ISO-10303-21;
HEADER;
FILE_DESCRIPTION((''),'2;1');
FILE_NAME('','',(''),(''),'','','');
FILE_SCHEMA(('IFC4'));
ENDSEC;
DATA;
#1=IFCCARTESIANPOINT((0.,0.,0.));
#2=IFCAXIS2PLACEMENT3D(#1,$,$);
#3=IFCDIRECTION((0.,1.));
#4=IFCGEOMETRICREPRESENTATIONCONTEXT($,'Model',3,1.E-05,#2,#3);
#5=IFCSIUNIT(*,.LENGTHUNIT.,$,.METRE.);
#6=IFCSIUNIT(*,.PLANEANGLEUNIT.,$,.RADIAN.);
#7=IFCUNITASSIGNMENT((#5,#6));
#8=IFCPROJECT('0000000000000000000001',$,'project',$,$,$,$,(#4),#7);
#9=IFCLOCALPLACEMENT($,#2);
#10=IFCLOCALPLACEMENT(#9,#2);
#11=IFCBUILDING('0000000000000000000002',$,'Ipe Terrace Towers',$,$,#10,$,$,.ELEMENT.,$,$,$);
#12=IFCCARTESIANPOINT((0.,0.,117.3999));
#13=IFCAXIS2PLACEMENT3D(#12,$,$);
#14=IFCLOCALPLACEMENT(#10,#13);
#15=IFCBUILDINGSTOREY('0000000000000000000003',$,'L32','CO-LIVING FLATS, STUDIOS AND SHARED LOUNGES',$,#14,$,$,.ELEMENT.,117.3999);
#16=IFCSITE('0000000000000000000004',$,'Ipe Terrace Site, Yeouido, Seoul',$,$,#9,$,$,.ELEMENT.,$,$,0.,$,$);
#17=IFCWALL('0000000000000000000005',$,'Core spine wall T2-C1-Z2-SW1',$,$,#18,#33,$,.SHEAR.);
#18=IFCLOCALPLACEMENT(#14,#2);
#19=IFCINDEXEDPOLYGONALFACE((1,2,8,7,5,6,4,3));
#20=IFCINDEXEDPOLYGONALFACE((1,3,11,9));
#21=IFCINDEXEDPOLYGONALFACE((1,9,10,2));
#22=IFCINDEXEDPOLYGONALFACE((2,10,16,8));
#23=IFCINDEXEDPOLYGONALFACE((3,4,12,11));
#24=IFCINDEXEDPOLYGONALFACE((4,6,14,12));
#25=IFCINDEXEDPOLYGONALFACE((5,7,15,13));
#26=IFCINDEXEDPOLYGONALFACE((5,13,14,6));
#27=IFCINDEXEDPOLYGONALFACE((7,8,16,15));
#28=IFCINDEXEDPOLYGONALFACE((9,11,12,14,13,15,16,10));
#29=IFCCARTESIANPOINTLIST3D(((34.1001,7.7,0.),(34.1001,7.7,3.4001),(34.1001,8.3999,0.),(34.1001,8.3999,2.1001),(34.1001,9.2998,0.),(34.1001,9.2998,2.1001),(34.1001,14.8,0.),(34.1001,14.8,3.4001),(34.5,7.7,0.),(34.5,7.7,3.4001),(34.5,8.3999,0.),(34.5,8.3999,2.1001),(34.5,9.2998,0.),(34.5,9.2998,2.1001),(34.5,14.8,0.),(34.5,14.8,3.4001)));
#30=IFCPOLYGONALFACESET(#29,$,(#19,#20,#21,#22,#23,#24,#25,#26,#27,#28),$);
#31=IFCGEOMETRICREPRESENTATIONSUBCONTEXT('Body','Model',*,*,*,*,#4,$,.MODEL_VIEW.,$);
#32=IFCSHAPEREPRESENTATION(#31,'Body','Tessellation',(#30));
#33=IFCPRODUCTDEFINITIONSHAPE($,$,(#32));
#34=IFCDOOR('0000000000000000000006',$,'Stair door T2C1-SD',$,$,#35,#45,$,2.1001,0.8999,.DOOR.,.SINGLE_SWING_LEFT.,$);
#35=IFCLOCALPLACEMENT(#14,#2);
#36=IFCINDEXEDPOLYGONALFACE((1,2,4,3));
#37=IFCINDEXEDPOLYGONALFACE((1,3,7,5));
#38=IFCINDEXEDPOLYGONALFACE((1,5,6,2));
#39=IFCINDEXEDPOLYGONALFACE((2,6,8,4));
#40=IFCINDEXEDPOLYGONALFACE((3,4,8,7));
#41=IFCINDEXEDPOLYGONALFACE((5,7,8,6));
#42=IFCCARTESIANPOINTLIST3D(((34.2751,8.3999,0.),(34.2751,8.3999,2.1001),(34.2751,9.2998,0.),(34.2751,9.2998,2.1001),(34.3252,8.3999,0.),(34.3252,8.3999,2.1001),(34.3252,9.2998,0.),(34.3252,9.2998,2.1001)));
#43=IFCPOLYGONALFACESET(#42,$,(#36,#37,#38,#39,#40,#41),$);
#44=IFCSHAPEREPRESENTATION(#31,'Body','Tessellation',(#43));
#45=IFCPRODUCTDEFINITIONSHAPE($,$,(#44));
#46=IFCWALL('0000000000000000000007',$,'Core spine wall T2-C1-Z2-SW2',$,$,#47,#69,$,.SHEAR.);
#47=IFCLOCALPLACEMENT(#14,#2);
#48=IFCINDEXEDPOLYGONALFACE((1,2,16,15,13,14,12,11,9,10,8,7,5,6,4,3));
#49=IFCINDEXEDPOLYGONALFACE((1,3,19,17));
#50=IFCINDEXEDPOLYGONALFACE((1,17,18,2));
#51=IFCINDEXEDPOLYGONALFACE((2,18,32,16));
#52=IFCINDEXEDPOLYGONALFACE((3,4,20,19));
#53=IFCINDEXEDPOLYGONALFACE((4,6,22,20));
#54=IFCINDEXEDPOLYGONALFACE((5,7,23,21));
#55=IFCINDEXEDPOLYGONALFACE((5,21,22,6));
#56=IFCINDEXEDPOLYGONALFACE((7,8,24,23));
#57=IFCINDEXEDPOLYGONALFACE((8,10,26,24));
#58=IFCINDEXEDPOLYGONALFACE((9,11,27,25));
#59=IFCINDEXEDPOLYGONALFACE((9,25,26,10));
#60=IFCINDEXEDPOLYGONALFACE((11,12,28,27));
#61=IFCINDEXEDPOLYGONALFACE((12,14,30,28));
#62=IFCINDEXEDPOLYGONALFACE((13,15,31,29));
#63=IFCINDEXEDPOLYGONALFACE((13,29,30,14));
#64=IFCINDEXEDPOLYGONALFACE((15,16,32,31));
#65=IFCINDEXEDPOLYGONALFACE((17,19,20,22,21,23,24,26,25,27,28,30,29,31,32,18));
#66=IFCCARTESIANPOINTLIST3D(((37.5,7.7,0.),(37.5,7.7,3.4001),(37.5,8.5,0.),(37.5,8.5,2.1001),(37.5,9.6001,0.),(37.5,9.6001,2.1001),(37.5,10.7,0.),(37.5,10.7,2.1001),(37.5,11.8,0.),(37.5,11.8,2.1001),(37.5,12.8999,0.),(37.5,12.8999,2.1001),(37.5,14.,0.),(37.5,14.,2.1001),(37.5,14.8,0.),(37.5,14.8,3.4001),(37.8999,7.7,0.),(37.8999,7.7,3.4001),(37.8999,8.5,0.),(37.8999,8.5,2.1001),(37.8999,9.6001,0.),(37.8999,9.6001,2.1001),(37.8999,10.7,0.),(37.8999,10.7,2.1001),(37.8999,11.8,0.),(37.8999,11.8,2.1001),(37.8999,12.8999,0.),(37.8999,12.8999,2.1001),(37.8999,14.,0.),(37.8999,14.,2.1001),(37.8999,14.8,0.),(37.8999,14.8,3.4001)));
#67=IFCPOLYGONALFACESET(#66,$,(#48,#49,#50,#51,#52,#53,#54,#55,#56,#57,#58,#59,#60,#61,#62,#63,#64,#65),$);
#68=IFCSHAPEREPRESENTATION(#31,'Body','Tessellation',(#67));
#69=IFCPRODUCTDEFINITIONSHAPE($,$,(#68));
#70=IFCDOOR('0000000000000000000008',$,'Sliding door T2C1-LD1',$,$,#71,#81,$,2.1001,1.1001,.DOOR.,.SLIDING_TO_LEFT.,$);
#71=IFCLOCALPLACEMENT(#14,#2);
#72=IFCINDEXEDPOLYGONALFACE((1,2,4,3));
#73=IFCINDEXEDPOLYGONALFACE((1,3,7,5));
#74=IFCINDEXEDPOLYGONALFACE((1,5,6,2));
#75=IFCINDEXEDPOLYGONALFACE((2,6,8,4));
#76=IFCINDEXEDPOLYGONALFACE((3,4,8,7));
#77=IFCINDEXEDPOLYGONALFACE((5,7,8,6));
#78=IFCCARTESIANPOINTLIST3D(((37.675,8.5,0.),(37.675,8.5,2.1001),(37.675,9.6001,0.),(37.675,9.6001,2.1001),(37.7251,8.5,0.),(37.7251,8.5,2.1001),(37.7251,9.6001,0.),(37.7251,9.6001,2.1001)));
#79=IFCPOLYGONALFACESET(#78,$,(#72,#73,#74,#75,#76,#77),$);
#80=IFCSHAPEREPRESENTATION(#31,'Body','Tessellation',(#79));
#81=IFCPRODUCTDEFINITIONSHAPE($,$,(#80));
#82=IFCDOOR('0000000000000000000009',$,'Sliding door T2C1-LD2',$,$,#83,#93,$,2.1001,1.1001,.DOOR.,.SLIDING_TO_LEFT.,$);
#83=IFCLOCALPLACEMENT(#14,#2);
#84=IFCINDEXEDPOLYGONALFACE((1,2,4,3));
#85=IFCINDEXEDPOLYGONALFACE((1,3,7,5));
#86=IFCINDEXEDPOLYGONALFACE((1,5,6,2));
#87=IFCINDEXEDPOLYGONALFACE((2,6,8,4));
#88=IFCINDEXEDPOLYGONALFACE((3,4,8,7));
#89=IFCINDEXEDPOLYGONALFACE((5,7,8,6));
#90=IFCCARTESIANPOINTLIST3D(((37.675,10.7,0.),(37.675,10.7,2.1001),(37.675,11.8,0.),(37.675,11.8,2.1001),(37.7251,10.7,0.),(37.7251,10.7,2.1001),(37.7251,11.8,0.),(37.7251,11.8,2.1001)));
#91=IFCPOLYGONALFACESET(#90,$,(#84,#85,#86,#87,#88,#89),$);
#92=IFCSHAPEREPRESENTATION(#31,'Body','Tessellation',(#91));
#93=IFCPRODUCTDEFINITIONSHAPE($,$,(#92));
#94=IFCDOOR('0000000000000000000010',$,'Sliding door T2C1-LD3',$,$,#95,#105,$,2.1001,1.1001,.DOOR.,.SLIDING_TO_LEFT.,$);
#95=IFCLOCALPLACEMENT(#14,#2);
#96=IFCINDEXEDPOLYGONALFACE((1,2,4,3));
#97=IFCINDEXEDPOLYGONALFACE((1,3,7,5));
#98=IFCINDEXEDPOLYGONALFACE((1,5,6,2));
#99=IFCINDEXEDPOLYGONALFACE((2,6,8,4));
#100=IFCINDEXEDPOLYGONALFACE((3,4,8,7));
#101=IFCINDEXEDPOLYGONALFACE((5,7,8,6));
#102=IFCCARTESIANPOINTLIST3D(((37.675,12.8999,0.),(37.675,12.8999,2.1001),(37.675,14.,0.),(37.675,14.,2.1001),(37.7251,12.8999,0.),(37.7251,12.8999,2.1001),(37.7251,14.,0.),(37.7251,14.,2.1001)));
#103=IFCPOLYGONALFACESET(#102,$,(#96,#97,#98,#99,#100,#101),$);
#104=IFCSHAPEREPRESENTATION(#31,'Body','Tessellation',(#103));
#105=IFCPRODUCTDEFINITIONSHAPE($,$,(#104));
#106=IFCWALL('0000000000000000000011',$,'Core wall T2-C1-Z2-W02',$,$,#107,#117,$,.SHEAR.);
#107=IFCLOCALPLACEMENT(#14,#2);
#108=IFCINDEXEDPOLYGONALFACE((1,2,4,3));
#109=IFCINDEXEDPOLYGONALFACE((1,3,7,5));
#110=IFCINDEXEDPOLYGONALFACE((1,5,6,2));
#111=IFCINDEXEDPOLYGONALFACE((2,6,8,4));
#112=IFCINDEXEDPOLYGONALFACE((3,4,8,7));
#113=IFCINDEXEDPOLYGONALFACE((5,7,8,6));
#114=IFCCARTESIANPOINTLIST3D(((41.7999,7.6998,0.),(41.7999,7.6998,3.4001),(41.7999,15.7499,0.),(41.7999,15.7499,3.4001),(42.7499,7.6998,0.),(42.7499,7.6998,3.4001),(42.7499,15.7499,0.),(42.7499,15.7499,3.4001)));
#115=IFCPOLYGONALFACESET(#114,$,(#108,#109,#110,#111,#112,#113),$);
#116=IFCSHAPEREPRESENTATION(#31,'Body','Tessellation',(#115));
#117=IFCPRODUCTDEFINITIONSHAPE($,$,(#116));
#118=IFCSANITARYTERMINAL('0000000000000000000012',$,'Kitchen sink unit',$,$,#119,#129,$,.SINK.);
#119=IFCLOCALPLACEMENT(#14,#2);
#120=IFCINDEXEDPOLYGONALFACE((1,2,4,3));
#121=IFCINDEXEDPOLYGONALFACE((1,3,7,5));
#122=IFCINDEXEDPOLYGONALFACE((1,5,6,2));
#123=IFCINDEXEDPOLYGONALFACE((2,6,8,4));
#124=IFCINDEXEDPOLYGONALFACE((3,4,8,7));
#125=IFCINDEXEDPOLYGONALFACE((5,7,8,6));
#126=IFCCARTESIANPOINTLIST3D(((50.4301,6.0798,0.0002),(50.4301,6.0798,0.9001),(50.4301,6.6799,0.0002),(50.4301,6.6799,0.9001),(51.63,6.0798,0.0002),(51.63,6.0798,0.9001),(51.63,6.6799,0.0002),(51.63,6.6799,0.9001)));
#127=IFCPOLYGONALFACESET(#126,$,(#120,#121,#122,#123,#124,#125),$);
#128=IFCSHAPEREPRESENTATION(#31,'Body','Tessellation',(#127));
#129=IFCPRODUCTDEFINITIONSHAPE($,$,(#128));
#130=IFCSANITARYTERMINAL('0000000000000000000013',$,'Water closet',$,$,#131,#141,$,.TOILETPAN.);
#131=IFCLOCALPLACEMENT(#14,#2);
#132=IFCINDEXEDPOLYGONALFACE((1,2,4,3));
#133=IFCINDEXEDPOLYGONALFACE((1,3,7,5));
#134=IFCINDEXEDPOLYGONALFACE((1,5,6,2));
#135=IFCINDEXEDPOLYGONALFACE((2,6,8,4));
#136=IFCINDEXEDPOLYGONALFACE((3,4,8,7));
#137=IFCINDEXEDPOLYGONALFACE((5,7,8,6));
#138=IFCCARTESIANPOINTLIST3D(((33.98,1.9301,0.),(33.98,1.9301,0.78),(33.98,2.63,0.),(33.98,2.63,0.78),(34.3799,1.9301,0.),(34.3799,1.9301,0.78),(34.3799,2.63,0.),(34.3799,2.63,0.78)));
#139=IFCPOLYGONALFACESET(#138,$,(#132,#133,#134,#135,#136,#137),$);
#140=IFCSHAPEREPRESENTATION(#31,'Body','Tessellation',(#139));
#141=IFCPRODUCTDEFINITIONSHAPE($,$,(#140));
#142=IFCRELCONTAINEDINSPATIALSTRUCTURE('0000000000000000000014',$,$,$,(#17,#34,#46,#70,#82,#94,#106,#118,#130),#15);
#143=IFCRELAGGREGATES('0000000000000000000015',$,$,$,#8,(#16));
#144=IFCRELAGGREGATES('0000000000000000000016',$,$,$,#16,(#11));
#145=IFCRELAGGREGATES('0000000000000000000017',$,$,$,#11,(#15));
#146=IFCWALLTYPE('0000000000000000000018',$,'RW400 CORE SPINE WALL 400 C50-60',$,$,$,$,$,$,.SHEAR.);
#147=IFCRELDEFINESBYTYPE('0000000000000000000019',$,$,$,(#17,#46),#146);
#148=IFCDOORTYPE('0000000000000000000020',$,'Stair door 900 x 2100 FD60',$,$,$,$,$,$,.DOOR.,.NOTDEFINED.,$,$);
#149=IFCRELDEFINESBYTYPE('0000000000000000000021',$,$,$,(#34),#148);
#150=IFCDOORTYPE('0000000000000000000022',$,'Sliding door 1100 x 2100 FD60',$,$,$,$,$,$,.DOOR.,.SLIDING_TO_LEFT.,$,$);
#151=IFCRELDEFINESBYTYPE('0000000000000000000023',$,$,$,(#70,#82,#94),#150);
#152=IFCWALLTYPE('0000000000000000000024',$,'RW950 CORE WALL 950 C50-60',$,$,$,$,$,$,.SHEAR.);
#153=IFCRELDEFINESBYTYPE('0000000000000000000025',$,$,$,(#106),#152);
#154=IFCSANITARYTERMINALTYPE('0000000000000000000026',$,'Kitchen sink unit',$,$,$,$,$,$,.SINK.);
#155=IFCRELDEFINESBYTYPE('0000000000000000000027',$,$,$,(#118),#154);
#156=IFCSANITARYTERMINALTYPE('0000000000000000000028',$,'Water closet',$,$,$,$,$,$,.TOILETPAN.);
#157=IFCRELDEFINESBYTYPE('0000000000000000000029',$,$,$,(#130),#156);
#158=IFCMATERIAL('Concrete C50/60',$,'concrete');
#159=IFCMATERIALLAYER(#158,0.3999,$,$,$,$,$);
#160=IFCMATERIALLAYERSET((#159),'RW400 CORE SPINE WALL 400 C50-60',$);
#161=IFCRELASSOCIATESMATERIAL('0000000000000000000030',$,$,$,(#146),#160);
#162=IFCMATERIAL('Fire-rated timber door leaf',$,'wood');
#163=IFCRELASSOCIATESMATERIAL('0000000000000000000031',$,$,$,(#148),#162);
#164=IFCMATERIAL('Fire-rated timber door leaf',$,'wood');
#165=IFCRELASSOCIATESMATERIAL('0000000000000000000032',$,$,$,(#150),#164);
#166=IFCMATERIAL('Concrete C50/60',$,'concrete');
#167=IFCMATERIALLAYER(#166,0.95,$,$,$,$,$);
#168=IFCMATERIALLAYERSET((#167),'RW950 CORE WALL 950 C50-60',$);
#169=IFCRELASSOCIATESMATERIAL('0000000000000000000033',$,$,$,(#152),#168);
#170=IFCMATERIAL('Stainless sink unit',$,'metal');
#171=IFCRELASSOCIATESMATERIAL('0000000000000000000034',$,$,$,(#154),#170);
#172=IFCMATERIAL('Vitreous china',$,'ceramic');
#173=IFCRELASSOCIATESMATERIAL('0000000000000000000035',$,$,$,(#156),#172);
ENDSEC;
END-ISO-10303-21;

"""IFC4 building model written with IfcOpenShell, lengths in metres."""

from ifc_helpers import new_model, si_unit, direction, frame, frame_2d, origin, origin_2d, place, context, subcontext, project, spatial, rectangle, extrude, material, layer, layer_set, type_object, element, fill, save


model = new_model("IFC4")

# Units and contexts
model_context = context("Model", 3, precision=1e-05, world=origin(), true_north=direction((0.0, 1.0)))
body_context = subcontext(model_context, "Body", "Model", "MODEL_VIEW")
ifc_project = project(units=[si_unit("LENGTHUNIT", "METRE"), si_unit("PLANEANGLEUNIT", "RADIAN")], contexts=[model_context])

# Site, building, storey
site_placement = place(None, origin())
site = spatial("IfcSite", under=ifc_project, at=site_placement, Name="Ipe Terrace Site, Yeouido, Seoul", CompositionType="ELEMENT", RefElevation=0.0)
building_placement = place(site_placement, origin())
building = spatial("IfcBuilding", under=site, at=building_placement, Name="Ipe Terrace Towers", CompositionType="ELEMENT")
storey_placement = place(building_placement, frame((0.0, 0.0, 117.3999)))
storey = spatial("IfcBuildingStorey", under=building, at=storey_placement, Name="L32", Description="CO-LIVING FLATS, STUDIOS AND SHARED LOUNGES", CompositionType="ELEMENT", Elevation=117.3999)

# Wall, opening, door
ifc_material_1 = material(Name="Concrete C50/60", Category="concrete")
ifc_layer_1 = layer(ifc_material_1, 0.3999)
ifc_layer_set_1 = layer_set([ifc_layer_1], Name="RW400 CORE SPINE WALL 400 C50-60")
wall_type_1 = type_object("IfcWallType", Name="RW400 CORE SPINE WALL 400 C50-60", PredefinedType="SHEAR", material=ifc_layer_set_1)
wall_1_placement = place(storey_placement, frame((34.3, 7.7, 0.0), z_axis=(0.0, 0.0, 1.0), x_axis=(0.0, 1.0, 0.0)))
wall_1 = element("IfcWall", 1, at=wall_1_placement, inside=storey, type_object=wall_type_1, Name="Core spine wall T2-C1-Z2-SW1", PredefinedType="SHEAR", context=body_context, shape_type="SweptSolid", body=[
    extrude(rectangle(XDim=7.1001, YDim=0.3999, at=frame_2d((3.55, 0.0))), origin(), (0.0, 0.0, 1.0), 3.4001),
])
opening_1_placement = place(wall_1_placement, frame((0.7, 0.0, 0.0)))
opening_1 = element("IfcOpeningElement", 2, at=opening_1_placement, cuts=wall_1, PredefinedType="OPENING", context=body_context, shape_type="SweptSolid", body=[
    extrude(rectangle(XDim=0.8999, YDim=2.1001, at=frame_2d((0.45, 1.05))), frame((0.0, 0.21, 0.0), z_axis=(0.0, -1.0, 0.0), x_axis=(1.0, 0.0, 0.0)), (0.0, 0.0, 1.0), 0.4199),
])
ifc_material_2 = material(Name="Fire-rated timber door leaf", Category="wood")
door_type_1 = type_object("IfcDoorType", Name="Stair door 900 x 2100 FD60", OperationType="NOTDEFINED", PredefinedType="DOOR", material=ifc_material_2)
door_1_placement = place(opening_1_placement, origin())
door_1 = element("IfcDoor", 3, at=door_1_placement, inside=storey, type_object=door_type_1, Name="Stair door T2C1-SD", OperationType="SINGLE_SWING_LEFT", OverallHeight=2.1001, OverallWidth=0.8999, PredefinedType="DOOR", context=body_context, shape_type="SweptSolid", body=[
    extrude(rectangle(XDim=0.8999, YDim=2.1001, at=frame_2d((0.45, 1.05))), frame((0.0, 0.0249, 0.0), z_axis=(0.0, -1.0, 0.0), x_axis=(1.0, 0.0, 0.0)), (0.0, 0.0, 1.0), 0.05),
])
fill(opening_1, door_1)

# Wall, openings, doors
wall_2_placement = place(storey_placement, frame((37.7, 7.7, 0.0), z_axis=(0.0, 0.0, 1.0), x_axis=(0.0, 1.0, 0.0)))
wall_2 = element("IfcWall", 4, at=wall_2_placement, inside=storey, type_object=wall_type_1, Name="Core spine wall T2-C1-Z2-SW2", PredefinedType="SHEAR", context=body_context, shape_type="SweptSolid", body=[
    extrude(rectangle(XDim=7.1001, YDim=0.3999, at=frame_2d((3.55, 0.0))), origin(), (0.0, 0.0, 1.0), 3.4001),
])
opening_2_placement = place(wall_2_placement, frame((0.8, 0.0, 0.0)))
opening_2 = element("IfcOpeningElement", 5, at=opening_2_placement, cuts=wall_2, PredefinedType="OPENING", context=body_context, shape_type="SweptSolid", body=[
    extrude(rectangle(XDim=1.1001, YDim=2.1001, at=frame_2d((0.55, 1.05))), frame((0.0, 0.21, 0.0), z_axis=(0.0, -1.0, 0.0), x_axis=(1.0, 0.0, 0.0)), (0.0, 0.0, 1.0), 0.4199),
])
opening_3_placement = place(wall_2_placement, frame((3.0, 0.0, 0.0)))
opening_3 = element("IfcOpeningElement", 6, at=opening_3_placement, cuts=wall_2, PredefinedType="OPENING", context=body_context, shape_type="SweptSolid", body=[
    extrude(rectangle(XDim=1.1001, YDim=2.1001, at=frame_2d((0.55, 1.05))), frame((0.0, 0.21, 0.0), z_axis=(0.0, -1.0, 0.0), x_axis=(1.0, 0.0, 0.0)), (0.0, 0.0, 1.0), 0.4199),
])
opening_4_placement = place(wall_2_placement, frame((5.2, 0.0, 0.0)))
opening_4 = element("IfcOpeningElement", 7, at=opening_4_placement, cuts=wall_2, PredefinedType="OPENING", context=body_context, shape_type="SweptSolid", body=[
    extrude(rectangle(XDim=1.1001, YDim=2.1001, at=frame_2d((0.55, 1.05))), frame((0.0, 0.21, 0.0), z_axis=(0.0, -1.0, 0.0), x_axis=(1.0, 0.0, 0.0)), (0.0, 0.0, 1.0), 0.4199),
])
ifc_material_3 = material(Name="Fire-rated timber door leaf", Category="wood")
door_type_2 = type_object("IfcDoorType", Name="Sliding door 1100 x 2100 FD60", OperationType="SLIDING_TO_LEFT", PredefinedType="DOOR", material=ifc_material_3)
door_2_placement = place(opening_2_placement, origin())
door_2 = element("IfcDoor", 8, at=door_2_placement, inside=storey, type_object=door_type_2, Name="Sliding door T2C1-LD1", OperationType="SLIDING_TO_LEFT", OverallHeight=2.1001, OverallWidth=1.1001, PredefinedType="DOOR", context=body_context, shape_type="SweptSolid", body=[
    extrude(rectangle(XDim=1.1001, YDim=2.1001, at=frame_2d((0.55, 1.05))), frame((0.0, 0.0249, 0.0), z_axis=(0.0, -1.0, 0.0), x_axis=(1.0, 0.0, 0.0)), (0.0, 0.0, 1.0), 0.05),
])
fill(opening_2, door_2)
door_3_placement = place(opening_3_placement, origin())
door_3 = element("IfcDoor", 9, at=door_3_placement, inside=storey, type_object=door_type_2, Name="Sliding door T2C1-LD2", OperationType="SLIDING_TO_LEFT", OverallHeight=2.1001, OverallWidth=1.1001, PredefinedType="DOOR", context=body_context, shape_type="SweptSolid", body=[
    extrude(rectangle(XDim=1.1001, YDim=2.1001, at=frame_2d((0.55, 1.05))), frame((0.0, 0.0249, 0.0), z_axis=(0.0, -1.0, 0.0), x_axis=(1.0, 0.0, 0.0)), (0.0, 0.0, 1.0), 0.05),
])
fill(opening_3, door_3)
door_4_placement = place(opening_4_placement, origin())
door_4 = element("IfcDoor", 10, at=door_4_placement, inside=storey, type_object=door_type_2, Name="Sliding door T2C1-LD3", OperationType="SLIDING_TO_LEFT", OverallHeight=2.1001, OverallWidth=1.1001, PredefinedType="DOOR", context=body_context, shape_type="SweptSolid", body=[
    extrude(rectangle(XDim=1.1001, YDim=2.1001, at=frame_2d((0.55, 1.05))), frame((0.0, 0.0249, 0.0), z_axis=(0.0, -1.0, 0.0), x_axis=(1.0, 0.0, 0.0)), (0.0, 0.0, 1.0), 0.05),
])
fill(opening_4, door_4)

# Wall
ifc_material_4 = material(Name="Concrete C50/60", Category="concrete")
ifc_layer_2 = layer(ifc_material_4, 0.95)
ifc_layer_set_2 = layer_set([ifc_layer_2], Name="RW950 CORE WALL 950 C50-60")
wall_type_2 = type_object("IfcWallType", Name="RW950 CORE WALL 950 C50-60", PredefinedType="SHEAR", material=ifc_layer_set_2)
wall_3_placement = place(storey_placement, frame((42.2749, 7.7, 0.0), z_axis=(0.0, 0.0, 1.0), x_axis=(0.0, 1.0, 0.0)))
element("IfcWall", 11, at=wall_3_placement, inside=storey, type_object=wall_type_2, Name="Core wall T2-C1-Z2-W02", PredefinedType="SHEAR", context=body_context, shape_type="SweptSolid", body=[
    extrude(rectangle(XDim=8.05, YDim=0.95, at=frame_2d((4.0249, 0.0))), origin(), (0.0, 0.0, 1.0), 3.4001),
])

# Sanitary terminals
ifc_material_5 = material(Name="Stainless sink unit", Category="metal")
sanitary_terminal_type_1 = type_object("IfcSanitaryTerminalType", Name="Kitchen sink unit", PredefinedType="SINK", material=ifc_material_5)
sanitary_terminal_1_placement = place(storey_placement, frame((51.03, 6.3799, 0.0002), z_axis=(0.0, 0.0, 1.0), x_axis=(1.0, 0.0, 0.0)))
element("IfcSanitaryTerminal", 12, at=sanitary_terminal_1_placement, inside=storey, type_object=sanitary_terminal_type_1, Name="Kitchen sink unit", PredefinedType="SINK", context=body_context, shape_type="SweptSolid", body=[
    extrude(rectangle(XDim=1.2, YDim=0.6001, at=origin_2d()), origin(), (0.0, 0.0, 1.0), 0.8999),
])
ifc_material_6 = material(Name="Vitreous china", Category="ceramic")
sanitary_terminal_type_2 = type_object("IfcSanitaryTerminalType", Name="Water closet", PredefinedType="TOILETPAN", material=ifc_material_6)
sanitary_terminal_2_placement = place(storey_placement, frame((34.1799, 2.28, 0.0), z_axis=(0.0, 0.0, 1.0), x_axis=(0.0, -1.0, 0.0)))
element("IfcSanitaryTerminal", 13, at=sanitary_terminal_2_placement, inside=storey, type_object=sanitary_terminal_type_2, Name="Water closet", PredefinedType="TOILETPAN", context=body_context, shape_type="SweptSolid", body=[
    extrude(rectangle(XDim=0.7, YDim=0.3999, at=origin_2d()), origin(), (0.0, 0.0, 1.0), 0.78),
])

save(model, "model.ifc")
